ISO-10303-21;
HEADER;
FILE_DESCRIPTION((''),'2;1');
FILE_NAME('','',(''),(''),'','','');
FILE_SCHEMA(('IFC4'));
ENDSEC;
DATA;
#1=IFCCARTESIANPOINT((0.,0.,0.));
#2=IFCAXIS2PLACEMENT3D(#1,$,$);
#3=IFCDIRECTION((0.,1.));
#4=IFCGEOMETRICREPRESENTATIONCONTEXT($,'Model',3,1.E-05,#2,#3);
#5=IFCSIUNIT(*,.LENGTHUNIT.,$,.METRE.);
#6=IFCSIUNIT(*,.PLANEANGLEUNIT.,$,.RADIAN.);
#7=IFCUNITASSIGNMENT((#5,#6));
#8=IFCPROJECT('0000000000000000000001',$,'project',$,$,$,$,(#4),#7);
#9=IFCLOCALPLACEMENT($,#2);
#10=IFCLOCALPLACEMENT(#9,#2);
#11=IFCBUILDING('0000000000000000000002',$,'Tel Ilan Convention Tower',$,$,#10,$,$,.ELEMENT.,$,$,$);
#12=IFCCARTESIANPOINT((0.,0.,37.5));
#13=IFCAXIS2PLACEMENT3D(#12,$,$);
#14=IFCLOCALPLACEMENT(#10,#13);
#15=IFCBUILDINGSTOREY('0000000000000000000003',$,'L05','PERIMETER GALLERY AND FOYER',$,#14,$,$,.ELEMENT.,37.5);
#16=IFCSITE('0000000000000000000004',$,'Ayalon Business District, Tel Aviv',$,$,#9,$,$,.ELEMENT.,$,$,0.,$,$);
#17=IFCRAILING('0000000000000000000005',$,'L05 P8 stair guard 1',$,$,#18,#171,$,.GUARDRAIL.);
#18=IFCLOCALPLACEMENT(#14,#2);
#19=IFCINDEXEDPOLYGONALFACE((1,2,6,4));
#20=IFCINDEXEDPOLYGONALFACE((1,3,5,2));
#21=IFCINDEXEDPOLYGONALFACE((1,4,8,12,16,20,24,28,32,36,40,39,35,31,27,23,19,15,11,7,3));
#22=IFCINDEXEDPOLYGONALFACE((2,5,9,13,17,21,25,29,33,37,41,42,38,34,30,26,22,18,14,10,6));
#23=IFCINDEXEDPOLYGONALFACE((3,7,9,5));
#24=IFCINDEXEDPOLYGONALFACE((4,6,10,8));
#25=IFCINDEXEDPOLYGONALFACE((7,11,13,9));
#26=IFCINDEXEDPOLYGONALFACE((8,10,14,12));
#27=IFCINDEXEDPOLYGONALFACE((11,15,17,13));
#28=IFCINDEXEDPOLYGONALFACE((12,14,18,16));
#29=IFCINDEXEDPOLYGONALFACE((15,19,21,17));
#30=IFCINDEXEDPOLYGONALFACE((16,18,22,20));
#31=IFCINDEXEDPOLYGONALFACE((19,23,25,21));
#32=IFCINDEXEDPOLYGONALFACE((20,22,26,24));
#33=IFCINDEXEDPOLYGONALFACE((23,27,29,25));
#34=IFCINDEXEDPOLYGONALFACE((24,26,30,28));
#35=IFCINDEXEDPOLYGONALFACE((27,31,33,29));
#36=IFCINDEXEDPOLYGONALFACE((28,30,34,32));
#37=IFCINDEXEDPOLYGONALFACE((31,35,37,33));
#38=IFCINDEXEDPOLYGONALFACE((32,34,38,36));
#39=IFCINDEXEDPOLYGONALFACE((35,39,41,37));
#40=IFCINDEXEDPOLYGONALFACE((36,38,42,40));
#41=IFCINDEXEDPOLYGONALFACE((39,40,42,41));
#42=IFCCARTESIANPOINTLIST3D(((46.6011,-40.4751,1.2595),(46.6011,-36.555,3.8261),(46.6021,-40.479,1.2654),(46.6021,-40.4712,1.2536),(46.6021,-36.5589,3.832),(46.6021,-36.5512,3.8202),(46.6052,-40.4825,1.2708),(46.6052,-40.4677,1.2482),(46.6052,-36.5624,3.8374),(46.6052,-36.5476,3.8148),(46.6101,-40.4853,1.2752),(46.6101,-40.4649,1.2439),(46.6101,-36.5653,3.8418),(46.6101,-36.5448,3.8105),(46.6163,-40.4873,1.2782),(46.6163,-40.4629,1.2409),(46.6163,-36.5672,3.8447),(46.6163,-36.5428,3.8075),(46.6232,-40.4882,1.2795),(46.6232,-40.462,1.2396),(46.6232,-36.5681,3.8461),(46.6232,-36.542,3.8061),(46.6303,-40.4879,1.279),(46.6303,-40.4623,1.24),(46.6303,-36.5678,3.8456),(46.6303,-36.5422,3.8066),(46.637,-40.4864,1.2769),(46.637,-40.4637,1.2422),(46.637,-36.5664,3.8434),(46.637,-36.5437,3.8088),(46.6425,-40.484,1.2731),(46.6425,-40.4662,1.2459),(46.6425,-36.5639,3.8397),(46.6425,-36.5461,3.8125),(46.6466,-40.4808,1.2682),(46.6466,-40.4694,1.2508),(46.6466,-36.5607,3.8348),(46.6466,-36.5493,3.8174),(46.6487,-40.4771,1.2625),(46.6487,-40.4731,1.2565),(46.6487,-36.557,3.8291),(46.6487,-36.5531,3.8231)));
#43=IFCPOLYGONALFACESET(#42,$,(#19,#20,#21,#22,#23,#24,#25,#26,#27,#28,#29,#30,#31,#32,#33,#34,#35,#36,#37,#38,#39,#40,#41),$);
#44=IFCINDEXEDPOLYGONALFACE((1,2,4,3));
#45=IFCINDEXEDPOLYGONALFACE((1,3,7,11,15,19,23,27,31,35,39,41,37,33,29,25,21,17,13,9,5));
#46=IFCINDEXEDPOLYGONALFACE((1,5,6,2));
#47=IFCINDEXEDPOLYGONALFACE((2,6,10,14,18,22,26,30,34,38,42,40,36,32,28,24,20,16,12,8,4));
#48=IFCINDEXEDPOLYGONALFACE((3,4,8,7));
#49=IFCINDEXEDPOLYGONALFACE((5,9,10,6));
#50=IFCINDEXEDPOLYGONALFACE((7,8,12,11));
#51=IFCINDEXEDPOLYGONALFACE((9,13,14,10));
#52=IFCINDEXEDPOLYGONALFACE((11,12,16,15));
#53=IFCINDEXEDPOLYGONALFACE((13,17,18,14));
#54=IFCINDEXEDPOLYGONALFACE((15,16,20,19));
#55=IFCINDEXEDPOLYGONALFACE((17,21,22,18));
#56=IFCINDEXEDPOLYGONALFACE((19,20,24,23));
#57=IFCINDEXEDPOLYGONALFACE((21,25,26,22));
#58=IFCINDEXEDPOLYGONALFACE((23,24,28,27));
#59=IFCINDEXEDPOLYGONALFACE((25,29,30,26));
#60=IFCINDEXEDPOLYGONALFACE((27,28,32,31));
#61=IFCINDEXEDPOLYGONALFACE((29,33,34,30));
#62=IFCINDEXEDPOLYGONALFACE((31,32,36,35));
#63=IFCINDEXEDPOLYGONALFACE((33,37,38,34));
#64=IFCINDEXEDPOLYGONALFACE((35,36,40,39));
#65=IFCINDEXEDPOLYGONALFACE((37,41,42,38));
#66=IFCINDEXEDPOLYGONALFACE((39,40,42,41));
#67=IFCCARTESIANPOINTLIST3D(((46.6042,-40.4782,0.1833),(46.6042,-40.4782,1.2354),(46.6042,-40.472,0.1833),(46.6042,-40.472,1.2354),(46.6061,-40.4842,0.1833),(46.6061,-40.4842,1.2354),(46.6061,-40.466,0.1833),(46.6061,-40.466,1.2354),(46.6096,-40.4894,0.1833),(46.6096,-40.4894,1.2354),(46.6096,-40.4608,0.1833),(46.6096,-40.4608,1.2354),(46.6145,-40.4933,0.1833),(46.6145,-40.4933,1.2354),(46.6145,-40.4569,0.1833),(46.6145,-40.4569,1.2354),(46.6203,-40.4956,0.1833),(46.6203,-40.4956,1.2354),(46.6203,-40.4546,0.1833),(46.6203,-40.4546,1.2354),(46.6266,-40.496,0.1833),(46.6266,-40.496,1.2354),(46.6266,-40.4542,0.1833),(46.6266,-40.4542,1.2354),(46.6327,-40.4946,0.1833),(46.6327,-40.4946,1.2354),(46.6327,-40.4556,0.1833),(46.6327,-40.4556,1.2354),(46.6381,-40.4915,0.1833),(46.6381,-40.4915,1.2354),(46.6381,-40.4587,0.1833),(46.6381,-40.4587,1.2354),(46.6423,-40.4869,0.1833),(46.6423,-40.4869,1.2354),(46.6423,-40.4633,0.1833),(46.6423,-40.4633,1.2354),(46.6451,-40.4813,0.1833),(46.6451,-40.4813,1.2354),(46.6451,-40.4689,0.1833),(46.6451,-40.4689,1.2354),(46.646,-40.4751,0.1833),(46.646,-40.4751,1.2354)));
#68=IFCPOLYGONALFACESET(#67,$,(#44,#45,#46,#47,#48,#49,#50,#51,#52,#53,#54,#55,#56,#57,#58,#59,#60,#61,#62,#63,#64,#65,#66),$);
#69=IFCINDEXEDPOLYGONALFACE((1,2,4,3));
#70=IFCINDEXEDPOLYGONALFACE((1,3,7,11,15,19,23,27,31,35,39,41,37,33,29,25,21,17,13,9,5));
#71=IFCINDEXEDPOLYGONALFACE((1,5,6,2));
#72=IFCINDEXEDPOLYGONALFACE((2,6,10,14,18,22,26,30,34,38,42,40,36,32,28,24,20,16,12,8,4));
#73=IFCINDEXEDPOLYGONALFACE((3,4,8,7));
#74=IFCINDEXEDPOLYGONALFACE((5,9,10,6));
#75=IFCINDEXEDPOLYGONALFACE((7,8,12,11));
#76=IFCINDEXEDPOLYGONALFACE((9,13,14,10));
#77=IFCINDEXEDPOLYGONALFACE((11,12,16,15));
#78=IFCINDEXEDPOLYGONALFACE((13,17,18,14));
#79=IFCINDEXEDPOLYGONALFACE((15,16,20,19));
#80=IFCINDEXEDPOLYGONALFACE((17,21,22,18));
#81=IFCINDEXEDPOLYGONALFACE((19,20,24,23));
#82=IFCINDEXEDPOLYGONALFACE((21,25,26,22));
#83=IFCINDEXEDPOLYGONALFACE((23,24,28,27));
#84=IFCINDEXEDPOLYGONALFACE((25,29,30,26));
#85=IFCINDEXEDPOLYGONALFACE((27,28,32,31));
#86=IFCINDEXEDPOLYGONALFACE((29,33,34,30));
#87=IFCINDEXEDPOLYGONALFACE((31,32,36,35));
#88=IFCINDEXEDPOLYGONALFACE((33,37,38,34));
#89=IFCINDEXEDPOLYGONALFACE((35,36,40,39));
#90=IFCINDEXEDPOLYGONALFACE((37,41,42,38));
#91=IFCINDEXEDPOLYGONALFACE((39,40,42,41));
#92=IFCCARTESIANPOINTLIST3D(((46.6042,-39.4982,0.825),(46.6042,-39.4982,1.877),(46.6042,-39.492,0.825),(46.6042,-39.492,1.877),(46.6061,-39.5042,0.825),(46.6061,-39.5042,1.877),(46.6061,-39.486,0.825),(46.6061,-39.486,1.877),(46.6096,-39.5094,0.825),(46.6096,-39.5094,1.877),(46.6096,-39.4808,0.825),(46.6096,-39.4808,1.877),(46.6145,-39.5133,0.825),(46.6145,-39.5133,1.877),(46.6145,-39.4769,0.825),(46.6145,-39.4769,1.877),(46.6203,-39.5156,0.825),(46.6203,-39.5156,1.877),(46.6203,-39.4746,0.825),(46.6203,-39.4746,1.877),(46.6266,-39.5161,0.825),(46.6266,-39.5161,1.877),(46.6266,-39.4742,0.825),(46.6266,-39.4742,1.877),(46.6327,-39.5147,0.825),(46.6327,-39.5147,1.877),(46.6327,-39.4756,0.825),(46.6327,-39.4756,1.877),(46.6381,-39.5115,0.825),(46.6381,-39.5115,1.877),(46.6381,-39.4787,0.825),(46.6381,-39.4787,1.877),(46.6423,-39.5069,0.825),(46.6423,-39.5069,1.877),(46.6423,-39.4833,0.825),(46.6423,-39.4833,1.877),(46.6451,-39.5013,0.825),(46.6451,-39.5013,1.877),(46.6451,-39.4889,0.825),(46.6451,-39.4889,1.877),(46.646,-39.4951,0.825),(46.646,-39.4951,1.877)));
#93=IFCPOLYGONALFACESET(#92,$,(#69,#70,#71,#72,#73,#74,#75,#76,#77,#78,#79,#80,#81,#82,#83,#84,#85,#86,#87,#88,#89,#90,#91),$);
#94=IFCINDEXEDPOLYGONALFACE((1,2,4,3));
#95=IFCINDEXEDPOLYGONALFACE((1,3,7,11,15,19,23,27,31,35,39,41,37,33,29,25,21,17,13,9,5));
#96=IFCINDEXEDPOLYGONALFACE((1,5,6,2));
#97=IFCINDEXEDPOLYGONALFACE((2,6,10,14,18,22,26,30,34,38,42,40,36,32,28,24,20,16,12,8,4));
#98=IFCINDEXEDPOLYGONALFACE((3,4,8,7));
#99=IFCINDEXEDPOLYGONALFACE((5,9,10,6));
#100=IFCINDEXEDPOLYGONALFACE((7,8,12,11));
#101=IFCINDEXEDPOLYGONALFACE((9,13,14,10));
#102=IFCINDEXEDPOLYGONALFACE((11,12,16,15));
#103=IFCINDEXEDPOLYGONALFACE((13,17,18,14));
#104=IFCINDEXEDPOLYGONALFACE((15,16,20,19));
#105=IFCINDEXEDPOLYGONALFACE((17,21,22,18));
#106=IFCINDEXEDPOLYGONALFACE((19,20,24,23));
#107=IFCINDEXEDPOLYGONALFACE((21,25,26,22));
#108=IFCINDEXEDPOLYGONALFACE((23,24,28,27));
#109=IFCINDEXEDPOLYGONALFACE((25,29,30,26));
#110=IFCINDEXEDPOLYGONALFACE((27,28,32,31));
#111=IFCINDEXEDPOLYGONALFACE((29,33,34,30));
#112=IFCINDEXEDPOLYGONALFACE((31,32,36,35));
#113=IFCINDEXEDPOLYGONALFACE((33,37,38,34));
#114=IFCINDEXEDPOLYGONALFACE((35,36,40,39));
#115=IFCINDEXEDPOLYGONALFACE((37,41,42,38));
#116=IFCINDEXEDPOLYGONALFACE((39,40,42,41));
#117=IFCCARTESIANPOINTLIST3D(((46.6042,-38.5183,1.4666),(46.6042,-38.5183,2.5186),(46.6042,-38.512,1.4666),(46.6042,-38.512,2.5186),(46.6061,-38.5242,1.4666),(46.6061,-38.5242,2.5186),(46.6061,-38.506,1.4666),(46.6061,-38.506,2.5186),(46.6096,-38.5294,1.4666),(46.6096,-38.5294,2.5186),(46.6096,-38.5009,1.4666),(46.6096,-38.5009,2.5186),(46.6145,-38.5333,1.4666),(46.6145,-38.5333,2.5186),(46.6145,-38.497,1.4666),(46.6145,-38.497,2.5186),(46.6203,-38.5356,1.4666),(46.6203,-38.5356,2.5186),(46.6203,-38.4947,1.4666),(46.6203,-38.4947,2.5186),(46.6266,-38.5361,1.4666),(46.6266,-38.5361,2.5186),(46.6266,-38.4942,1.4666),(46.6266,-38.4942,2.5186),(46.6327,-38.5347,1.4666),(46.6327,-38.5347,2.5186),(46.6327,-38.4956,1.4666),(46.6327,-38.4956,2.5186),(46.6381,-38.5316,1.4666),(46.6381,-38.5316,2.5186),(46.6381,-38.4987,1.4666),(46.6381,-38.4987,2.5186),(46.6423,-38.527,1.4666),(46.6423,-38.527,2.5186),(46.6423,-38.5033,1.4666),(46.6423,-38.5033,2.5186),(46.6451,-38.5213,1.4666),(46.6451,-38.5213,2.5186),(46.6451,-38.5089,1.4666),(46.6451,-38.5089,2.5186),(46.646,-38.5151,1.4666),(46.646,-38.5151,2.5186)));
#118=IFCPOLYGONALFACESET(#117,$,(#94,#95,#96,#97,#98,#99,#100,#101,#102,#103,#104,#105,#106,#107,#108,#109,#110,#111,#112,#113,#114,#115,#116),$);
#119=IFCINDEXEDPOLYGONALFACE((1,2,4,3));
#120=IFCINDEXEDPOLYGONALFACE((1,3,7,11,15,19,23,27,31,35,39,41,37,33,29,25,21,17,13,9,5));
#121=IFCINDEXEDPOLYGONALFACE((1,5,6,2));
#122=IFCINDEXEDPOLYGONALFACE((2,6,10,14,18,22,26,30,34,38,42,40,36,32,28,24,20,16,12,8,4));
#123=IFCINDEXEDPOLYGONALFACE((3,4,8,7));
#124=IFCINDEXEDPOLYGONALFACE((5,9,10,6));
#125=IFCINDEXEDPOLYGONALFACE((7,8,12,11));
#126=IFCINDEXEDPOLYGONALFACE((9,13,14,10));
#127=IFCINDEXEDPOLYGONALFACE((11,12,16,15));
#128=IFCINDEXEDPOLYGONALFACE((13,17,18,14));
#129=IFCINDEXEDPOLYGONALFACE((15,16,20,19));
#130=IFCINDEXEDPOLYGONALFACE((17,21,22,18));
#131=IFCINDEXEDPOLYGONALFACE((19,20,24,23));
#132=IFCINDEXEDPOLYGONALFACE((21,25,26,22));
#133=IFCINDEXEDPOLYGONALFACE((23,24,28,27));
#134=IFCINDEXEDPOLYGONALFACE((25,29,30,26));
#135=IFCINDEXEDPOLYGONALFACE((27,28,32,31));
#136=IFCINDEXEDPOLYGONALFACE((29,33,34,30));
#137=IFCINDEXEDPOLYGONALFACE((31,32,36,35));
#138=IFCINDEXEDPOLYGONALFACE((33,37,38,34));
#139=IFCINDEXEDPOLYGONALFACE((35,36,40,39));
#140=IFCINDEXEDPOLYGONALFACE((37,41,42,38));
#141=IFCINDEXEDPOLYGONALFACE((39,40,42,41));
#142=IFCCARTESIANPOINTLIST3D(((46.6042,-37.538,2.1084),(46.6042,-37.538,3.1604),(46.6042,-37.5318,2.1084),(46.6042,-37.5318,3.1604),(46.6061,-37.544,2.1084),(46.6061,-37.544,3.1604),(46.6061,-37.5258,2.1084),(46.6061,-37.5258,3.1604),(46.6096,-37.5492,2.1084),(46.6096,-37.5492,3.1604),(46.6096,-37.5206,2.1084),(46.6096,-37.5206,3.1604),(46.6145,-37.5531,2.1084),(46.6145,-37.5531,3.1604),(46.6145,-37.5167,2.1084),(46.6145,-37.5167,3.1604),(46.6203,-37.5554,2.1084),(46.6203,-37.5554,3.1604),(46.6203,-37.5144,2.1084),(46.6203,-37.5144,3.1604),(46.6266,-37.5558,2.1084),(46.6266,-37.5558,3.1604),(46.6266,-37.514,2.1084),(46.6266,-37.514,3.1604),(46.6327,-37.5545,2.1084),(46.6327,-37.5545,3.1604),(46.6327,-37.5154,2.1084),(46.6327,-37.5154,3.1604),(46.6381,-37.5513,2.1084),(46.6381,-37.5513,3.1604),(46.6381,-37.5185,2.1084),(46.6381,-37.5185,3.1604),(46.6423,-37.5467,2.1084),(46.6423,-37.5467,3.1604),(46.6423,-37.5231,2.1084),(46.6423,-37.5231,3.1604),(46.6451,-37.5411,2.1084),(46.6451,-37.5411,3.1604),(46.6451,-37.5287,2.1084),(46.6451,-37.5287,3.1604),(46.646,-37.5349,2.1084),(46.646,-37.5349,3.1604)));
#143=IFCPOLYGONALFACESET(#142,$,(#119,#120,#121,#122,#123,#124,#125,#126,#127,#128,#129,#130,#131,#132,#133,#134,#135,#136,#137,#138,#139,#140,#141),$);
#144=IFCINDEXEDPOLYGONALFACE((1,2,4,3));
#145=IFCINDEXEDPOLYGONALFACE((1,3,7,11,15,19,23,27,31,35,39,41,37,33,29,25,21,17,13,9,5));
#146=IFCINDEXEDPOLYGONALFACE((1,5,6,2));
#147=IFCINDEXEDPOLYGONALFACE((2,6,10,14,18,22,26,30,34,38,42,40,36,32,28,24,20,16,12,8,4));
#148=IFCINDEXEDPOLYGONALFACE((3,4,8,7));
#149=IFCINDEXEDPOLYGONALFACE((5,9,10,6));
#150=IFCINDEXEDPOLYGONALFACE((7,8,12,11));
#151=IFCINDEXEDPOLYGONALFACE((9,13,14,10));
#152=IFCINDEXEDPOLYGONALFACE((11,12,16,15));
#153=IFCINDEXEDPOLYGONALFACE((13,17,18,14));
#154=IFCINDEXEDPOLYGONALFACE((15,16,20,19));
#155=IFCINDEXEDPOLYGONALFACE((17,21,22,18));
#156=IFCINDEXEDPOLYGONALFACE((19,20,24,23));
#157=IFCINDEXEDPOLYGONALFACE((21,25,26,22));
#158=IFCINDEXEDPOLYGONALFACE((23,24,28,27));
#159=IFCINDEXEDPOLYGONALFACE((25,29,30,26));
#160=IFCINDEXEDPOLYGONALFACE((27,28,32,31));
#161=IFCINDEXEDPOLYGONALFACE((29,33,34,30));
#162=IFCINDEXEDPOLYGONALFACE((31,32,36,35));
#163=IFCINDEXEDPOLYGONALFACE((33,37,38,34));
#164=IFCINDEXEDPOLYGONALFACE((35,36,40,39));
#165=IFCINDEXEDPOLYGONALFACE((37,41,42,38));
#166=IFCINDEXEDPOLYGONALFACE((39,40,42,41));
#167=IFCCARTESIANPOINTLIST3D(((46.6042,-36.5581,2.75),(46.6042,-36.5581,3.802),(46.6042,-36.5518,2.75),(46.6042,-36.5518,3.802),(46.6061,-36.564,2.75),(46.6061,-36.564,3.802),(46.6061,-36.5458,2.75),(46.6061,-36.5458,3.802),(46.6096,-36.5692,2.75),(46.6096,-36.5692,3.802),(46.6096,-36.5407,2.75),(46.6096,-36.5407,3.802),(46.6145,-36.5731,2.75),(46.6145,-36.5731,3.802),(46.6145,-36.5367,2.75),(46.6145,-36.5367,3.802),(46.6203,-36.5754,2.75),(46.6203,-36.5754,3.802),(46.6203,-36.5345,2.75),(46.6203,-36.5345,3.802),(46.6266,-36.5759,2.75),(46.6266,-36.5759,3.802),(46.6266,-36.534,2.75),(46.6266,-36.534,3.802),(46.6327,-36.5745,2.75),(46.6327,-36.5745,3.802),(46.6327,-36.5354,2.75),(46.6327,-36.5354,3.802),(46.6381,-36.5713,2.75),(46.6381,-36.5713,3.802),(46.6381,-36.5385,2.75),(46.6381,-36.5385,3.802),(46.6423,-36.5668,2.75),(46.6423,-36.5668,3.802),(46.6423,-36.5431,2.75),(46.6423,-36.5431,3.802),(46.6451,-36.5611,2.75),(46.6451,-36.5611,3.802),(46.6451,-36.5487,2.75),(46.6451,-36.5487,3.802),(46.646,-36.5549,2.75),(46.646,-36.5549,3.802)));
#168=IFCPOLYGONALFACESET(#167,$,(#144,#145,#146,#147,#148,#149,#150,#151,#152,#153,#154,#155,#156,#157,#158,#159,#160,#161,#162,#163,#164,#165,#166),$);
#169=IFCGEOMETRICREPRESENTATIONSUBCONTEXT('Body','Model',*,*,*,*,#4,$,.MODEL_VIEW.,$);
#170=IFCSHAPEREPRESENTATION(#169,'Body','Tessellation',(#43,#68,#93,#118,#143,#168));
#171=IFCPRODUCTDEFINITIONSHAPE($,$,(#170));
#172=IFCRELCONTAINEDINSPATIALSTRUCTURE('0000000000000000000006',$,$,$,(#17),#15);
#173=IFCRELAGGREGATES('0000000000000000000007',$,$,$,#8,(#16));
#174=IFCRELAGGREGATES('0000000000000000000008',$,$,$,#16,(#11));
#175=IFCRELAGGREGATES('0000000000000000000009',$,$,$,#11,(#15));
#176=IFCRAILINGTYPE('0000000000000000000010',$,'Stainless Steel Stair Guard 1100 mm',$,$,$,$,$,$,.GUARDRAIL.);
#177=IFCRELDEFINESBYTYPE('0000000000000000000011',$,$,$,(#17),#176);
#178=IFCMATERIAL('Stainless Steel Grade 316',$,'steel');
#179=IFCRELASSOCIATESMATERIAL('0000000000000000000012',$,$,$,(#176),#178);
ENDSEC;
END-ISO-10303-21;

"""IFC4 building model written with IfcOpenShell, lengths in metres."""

from ifc_helpers import new_model, si_unit, direction, frame, origin, origin_2d, place, context, subcontext, project, spatial, circle, extrude, material, type_object, element, save


model = new_model("IFC4")

# Units and contexts
model_context = context("Model", 3, precision=1e-05, world=origin(), true_north=direction((0.0, 1.0)))
body_context = subcontext(model_context, "Body", "Model", "MODEL_VIEW")
ifc_project = project(units=[si_unit("LENGTHUNIT", "METRE"), si_unit("PLANEANGLEUNIT", "RADIAN")], contexts=[model_context])

# Site, building, storey
site_placement = place(None, origin())
site = spatial("IfcSite", under=ifc_project, at=site_placement, Name="Ayalon Business District, Tel Aviv", CompositionType="ELEMENT", RefElevation=0.0)
building_placement = place(site_placement, origin())
building = spatial("IfcBuilding", under=site, at=building_placement, Name="Tel Ilan Convention Tower", CompositionType="ELEMENT")
storey_placement = place(building_placement, frame((0.0, 0.0, 37.5)))
storey = spatial("IfcBuildingStorey", under=building, at=storey_placement, Name="L05", Description="PERIMETER GALLERY AND FOYER", CompositionType="ELEMENT", Elevation=37.5)

# Railing
ifc_material_1 = material(Name="Stainless Steel Grade 316", Category="steel")
railing_type_1 = type_object("IfcRailingType", Name="Stainless Steel Stair Guard 1100 mm", PredefinedType="GUARDRAIL", material=ifc_material_1)
railing_1_placement = place(storey_placement, frame((46.625, -40.4751, 0.1833)))
element("IfcRailing", 1, at=railing_1_placement, inside=storey, type_object=railing_type_1, Name="L05 P8 stair guard 1", PredefinedType="GUARDRAIL", context=body_context, shape_type="SweptSolid", body=[
    extrude(circle(Radius=0.0239, at=origin_2d()), frame((0.0, 0.0, 1.0762), z_axis=(0.0, 0.836631, 0.547767), x_axis=(-1.0, 0.0, 0.0)), (0.0, 0.0, 1.0), 4.6855),
    extrude(circle(Radius=0.021, at=origin_2d()), origin(), (0.0, 0.0, 1.0), 1.052),
    extrude(circle(Radius=0.021, at=origin_2d()), frame((0.0, 0.98, 0.6416)), (0.0, 0.0, 1.0), 1.052),
    extrude(circle(Radius=0.021, at=origin_2d()), frame((0.0, 1.96, 1.2832)), (0.0, 0.0, 1.0), 1.052),
    extrude(circle(Radius=0.021, at=origin_2d()), frame((0.0, 2.9402, 1.925)), (0.0, 0.0, 1.0), 1.052),
    extrude(circle(Radius=0.021, at=origin_2d()), frame((0.0, 3.9202, 2.5667)), (0.0, 0.0, 1.0), 1.052),
])

save(model, "model.ifc")
